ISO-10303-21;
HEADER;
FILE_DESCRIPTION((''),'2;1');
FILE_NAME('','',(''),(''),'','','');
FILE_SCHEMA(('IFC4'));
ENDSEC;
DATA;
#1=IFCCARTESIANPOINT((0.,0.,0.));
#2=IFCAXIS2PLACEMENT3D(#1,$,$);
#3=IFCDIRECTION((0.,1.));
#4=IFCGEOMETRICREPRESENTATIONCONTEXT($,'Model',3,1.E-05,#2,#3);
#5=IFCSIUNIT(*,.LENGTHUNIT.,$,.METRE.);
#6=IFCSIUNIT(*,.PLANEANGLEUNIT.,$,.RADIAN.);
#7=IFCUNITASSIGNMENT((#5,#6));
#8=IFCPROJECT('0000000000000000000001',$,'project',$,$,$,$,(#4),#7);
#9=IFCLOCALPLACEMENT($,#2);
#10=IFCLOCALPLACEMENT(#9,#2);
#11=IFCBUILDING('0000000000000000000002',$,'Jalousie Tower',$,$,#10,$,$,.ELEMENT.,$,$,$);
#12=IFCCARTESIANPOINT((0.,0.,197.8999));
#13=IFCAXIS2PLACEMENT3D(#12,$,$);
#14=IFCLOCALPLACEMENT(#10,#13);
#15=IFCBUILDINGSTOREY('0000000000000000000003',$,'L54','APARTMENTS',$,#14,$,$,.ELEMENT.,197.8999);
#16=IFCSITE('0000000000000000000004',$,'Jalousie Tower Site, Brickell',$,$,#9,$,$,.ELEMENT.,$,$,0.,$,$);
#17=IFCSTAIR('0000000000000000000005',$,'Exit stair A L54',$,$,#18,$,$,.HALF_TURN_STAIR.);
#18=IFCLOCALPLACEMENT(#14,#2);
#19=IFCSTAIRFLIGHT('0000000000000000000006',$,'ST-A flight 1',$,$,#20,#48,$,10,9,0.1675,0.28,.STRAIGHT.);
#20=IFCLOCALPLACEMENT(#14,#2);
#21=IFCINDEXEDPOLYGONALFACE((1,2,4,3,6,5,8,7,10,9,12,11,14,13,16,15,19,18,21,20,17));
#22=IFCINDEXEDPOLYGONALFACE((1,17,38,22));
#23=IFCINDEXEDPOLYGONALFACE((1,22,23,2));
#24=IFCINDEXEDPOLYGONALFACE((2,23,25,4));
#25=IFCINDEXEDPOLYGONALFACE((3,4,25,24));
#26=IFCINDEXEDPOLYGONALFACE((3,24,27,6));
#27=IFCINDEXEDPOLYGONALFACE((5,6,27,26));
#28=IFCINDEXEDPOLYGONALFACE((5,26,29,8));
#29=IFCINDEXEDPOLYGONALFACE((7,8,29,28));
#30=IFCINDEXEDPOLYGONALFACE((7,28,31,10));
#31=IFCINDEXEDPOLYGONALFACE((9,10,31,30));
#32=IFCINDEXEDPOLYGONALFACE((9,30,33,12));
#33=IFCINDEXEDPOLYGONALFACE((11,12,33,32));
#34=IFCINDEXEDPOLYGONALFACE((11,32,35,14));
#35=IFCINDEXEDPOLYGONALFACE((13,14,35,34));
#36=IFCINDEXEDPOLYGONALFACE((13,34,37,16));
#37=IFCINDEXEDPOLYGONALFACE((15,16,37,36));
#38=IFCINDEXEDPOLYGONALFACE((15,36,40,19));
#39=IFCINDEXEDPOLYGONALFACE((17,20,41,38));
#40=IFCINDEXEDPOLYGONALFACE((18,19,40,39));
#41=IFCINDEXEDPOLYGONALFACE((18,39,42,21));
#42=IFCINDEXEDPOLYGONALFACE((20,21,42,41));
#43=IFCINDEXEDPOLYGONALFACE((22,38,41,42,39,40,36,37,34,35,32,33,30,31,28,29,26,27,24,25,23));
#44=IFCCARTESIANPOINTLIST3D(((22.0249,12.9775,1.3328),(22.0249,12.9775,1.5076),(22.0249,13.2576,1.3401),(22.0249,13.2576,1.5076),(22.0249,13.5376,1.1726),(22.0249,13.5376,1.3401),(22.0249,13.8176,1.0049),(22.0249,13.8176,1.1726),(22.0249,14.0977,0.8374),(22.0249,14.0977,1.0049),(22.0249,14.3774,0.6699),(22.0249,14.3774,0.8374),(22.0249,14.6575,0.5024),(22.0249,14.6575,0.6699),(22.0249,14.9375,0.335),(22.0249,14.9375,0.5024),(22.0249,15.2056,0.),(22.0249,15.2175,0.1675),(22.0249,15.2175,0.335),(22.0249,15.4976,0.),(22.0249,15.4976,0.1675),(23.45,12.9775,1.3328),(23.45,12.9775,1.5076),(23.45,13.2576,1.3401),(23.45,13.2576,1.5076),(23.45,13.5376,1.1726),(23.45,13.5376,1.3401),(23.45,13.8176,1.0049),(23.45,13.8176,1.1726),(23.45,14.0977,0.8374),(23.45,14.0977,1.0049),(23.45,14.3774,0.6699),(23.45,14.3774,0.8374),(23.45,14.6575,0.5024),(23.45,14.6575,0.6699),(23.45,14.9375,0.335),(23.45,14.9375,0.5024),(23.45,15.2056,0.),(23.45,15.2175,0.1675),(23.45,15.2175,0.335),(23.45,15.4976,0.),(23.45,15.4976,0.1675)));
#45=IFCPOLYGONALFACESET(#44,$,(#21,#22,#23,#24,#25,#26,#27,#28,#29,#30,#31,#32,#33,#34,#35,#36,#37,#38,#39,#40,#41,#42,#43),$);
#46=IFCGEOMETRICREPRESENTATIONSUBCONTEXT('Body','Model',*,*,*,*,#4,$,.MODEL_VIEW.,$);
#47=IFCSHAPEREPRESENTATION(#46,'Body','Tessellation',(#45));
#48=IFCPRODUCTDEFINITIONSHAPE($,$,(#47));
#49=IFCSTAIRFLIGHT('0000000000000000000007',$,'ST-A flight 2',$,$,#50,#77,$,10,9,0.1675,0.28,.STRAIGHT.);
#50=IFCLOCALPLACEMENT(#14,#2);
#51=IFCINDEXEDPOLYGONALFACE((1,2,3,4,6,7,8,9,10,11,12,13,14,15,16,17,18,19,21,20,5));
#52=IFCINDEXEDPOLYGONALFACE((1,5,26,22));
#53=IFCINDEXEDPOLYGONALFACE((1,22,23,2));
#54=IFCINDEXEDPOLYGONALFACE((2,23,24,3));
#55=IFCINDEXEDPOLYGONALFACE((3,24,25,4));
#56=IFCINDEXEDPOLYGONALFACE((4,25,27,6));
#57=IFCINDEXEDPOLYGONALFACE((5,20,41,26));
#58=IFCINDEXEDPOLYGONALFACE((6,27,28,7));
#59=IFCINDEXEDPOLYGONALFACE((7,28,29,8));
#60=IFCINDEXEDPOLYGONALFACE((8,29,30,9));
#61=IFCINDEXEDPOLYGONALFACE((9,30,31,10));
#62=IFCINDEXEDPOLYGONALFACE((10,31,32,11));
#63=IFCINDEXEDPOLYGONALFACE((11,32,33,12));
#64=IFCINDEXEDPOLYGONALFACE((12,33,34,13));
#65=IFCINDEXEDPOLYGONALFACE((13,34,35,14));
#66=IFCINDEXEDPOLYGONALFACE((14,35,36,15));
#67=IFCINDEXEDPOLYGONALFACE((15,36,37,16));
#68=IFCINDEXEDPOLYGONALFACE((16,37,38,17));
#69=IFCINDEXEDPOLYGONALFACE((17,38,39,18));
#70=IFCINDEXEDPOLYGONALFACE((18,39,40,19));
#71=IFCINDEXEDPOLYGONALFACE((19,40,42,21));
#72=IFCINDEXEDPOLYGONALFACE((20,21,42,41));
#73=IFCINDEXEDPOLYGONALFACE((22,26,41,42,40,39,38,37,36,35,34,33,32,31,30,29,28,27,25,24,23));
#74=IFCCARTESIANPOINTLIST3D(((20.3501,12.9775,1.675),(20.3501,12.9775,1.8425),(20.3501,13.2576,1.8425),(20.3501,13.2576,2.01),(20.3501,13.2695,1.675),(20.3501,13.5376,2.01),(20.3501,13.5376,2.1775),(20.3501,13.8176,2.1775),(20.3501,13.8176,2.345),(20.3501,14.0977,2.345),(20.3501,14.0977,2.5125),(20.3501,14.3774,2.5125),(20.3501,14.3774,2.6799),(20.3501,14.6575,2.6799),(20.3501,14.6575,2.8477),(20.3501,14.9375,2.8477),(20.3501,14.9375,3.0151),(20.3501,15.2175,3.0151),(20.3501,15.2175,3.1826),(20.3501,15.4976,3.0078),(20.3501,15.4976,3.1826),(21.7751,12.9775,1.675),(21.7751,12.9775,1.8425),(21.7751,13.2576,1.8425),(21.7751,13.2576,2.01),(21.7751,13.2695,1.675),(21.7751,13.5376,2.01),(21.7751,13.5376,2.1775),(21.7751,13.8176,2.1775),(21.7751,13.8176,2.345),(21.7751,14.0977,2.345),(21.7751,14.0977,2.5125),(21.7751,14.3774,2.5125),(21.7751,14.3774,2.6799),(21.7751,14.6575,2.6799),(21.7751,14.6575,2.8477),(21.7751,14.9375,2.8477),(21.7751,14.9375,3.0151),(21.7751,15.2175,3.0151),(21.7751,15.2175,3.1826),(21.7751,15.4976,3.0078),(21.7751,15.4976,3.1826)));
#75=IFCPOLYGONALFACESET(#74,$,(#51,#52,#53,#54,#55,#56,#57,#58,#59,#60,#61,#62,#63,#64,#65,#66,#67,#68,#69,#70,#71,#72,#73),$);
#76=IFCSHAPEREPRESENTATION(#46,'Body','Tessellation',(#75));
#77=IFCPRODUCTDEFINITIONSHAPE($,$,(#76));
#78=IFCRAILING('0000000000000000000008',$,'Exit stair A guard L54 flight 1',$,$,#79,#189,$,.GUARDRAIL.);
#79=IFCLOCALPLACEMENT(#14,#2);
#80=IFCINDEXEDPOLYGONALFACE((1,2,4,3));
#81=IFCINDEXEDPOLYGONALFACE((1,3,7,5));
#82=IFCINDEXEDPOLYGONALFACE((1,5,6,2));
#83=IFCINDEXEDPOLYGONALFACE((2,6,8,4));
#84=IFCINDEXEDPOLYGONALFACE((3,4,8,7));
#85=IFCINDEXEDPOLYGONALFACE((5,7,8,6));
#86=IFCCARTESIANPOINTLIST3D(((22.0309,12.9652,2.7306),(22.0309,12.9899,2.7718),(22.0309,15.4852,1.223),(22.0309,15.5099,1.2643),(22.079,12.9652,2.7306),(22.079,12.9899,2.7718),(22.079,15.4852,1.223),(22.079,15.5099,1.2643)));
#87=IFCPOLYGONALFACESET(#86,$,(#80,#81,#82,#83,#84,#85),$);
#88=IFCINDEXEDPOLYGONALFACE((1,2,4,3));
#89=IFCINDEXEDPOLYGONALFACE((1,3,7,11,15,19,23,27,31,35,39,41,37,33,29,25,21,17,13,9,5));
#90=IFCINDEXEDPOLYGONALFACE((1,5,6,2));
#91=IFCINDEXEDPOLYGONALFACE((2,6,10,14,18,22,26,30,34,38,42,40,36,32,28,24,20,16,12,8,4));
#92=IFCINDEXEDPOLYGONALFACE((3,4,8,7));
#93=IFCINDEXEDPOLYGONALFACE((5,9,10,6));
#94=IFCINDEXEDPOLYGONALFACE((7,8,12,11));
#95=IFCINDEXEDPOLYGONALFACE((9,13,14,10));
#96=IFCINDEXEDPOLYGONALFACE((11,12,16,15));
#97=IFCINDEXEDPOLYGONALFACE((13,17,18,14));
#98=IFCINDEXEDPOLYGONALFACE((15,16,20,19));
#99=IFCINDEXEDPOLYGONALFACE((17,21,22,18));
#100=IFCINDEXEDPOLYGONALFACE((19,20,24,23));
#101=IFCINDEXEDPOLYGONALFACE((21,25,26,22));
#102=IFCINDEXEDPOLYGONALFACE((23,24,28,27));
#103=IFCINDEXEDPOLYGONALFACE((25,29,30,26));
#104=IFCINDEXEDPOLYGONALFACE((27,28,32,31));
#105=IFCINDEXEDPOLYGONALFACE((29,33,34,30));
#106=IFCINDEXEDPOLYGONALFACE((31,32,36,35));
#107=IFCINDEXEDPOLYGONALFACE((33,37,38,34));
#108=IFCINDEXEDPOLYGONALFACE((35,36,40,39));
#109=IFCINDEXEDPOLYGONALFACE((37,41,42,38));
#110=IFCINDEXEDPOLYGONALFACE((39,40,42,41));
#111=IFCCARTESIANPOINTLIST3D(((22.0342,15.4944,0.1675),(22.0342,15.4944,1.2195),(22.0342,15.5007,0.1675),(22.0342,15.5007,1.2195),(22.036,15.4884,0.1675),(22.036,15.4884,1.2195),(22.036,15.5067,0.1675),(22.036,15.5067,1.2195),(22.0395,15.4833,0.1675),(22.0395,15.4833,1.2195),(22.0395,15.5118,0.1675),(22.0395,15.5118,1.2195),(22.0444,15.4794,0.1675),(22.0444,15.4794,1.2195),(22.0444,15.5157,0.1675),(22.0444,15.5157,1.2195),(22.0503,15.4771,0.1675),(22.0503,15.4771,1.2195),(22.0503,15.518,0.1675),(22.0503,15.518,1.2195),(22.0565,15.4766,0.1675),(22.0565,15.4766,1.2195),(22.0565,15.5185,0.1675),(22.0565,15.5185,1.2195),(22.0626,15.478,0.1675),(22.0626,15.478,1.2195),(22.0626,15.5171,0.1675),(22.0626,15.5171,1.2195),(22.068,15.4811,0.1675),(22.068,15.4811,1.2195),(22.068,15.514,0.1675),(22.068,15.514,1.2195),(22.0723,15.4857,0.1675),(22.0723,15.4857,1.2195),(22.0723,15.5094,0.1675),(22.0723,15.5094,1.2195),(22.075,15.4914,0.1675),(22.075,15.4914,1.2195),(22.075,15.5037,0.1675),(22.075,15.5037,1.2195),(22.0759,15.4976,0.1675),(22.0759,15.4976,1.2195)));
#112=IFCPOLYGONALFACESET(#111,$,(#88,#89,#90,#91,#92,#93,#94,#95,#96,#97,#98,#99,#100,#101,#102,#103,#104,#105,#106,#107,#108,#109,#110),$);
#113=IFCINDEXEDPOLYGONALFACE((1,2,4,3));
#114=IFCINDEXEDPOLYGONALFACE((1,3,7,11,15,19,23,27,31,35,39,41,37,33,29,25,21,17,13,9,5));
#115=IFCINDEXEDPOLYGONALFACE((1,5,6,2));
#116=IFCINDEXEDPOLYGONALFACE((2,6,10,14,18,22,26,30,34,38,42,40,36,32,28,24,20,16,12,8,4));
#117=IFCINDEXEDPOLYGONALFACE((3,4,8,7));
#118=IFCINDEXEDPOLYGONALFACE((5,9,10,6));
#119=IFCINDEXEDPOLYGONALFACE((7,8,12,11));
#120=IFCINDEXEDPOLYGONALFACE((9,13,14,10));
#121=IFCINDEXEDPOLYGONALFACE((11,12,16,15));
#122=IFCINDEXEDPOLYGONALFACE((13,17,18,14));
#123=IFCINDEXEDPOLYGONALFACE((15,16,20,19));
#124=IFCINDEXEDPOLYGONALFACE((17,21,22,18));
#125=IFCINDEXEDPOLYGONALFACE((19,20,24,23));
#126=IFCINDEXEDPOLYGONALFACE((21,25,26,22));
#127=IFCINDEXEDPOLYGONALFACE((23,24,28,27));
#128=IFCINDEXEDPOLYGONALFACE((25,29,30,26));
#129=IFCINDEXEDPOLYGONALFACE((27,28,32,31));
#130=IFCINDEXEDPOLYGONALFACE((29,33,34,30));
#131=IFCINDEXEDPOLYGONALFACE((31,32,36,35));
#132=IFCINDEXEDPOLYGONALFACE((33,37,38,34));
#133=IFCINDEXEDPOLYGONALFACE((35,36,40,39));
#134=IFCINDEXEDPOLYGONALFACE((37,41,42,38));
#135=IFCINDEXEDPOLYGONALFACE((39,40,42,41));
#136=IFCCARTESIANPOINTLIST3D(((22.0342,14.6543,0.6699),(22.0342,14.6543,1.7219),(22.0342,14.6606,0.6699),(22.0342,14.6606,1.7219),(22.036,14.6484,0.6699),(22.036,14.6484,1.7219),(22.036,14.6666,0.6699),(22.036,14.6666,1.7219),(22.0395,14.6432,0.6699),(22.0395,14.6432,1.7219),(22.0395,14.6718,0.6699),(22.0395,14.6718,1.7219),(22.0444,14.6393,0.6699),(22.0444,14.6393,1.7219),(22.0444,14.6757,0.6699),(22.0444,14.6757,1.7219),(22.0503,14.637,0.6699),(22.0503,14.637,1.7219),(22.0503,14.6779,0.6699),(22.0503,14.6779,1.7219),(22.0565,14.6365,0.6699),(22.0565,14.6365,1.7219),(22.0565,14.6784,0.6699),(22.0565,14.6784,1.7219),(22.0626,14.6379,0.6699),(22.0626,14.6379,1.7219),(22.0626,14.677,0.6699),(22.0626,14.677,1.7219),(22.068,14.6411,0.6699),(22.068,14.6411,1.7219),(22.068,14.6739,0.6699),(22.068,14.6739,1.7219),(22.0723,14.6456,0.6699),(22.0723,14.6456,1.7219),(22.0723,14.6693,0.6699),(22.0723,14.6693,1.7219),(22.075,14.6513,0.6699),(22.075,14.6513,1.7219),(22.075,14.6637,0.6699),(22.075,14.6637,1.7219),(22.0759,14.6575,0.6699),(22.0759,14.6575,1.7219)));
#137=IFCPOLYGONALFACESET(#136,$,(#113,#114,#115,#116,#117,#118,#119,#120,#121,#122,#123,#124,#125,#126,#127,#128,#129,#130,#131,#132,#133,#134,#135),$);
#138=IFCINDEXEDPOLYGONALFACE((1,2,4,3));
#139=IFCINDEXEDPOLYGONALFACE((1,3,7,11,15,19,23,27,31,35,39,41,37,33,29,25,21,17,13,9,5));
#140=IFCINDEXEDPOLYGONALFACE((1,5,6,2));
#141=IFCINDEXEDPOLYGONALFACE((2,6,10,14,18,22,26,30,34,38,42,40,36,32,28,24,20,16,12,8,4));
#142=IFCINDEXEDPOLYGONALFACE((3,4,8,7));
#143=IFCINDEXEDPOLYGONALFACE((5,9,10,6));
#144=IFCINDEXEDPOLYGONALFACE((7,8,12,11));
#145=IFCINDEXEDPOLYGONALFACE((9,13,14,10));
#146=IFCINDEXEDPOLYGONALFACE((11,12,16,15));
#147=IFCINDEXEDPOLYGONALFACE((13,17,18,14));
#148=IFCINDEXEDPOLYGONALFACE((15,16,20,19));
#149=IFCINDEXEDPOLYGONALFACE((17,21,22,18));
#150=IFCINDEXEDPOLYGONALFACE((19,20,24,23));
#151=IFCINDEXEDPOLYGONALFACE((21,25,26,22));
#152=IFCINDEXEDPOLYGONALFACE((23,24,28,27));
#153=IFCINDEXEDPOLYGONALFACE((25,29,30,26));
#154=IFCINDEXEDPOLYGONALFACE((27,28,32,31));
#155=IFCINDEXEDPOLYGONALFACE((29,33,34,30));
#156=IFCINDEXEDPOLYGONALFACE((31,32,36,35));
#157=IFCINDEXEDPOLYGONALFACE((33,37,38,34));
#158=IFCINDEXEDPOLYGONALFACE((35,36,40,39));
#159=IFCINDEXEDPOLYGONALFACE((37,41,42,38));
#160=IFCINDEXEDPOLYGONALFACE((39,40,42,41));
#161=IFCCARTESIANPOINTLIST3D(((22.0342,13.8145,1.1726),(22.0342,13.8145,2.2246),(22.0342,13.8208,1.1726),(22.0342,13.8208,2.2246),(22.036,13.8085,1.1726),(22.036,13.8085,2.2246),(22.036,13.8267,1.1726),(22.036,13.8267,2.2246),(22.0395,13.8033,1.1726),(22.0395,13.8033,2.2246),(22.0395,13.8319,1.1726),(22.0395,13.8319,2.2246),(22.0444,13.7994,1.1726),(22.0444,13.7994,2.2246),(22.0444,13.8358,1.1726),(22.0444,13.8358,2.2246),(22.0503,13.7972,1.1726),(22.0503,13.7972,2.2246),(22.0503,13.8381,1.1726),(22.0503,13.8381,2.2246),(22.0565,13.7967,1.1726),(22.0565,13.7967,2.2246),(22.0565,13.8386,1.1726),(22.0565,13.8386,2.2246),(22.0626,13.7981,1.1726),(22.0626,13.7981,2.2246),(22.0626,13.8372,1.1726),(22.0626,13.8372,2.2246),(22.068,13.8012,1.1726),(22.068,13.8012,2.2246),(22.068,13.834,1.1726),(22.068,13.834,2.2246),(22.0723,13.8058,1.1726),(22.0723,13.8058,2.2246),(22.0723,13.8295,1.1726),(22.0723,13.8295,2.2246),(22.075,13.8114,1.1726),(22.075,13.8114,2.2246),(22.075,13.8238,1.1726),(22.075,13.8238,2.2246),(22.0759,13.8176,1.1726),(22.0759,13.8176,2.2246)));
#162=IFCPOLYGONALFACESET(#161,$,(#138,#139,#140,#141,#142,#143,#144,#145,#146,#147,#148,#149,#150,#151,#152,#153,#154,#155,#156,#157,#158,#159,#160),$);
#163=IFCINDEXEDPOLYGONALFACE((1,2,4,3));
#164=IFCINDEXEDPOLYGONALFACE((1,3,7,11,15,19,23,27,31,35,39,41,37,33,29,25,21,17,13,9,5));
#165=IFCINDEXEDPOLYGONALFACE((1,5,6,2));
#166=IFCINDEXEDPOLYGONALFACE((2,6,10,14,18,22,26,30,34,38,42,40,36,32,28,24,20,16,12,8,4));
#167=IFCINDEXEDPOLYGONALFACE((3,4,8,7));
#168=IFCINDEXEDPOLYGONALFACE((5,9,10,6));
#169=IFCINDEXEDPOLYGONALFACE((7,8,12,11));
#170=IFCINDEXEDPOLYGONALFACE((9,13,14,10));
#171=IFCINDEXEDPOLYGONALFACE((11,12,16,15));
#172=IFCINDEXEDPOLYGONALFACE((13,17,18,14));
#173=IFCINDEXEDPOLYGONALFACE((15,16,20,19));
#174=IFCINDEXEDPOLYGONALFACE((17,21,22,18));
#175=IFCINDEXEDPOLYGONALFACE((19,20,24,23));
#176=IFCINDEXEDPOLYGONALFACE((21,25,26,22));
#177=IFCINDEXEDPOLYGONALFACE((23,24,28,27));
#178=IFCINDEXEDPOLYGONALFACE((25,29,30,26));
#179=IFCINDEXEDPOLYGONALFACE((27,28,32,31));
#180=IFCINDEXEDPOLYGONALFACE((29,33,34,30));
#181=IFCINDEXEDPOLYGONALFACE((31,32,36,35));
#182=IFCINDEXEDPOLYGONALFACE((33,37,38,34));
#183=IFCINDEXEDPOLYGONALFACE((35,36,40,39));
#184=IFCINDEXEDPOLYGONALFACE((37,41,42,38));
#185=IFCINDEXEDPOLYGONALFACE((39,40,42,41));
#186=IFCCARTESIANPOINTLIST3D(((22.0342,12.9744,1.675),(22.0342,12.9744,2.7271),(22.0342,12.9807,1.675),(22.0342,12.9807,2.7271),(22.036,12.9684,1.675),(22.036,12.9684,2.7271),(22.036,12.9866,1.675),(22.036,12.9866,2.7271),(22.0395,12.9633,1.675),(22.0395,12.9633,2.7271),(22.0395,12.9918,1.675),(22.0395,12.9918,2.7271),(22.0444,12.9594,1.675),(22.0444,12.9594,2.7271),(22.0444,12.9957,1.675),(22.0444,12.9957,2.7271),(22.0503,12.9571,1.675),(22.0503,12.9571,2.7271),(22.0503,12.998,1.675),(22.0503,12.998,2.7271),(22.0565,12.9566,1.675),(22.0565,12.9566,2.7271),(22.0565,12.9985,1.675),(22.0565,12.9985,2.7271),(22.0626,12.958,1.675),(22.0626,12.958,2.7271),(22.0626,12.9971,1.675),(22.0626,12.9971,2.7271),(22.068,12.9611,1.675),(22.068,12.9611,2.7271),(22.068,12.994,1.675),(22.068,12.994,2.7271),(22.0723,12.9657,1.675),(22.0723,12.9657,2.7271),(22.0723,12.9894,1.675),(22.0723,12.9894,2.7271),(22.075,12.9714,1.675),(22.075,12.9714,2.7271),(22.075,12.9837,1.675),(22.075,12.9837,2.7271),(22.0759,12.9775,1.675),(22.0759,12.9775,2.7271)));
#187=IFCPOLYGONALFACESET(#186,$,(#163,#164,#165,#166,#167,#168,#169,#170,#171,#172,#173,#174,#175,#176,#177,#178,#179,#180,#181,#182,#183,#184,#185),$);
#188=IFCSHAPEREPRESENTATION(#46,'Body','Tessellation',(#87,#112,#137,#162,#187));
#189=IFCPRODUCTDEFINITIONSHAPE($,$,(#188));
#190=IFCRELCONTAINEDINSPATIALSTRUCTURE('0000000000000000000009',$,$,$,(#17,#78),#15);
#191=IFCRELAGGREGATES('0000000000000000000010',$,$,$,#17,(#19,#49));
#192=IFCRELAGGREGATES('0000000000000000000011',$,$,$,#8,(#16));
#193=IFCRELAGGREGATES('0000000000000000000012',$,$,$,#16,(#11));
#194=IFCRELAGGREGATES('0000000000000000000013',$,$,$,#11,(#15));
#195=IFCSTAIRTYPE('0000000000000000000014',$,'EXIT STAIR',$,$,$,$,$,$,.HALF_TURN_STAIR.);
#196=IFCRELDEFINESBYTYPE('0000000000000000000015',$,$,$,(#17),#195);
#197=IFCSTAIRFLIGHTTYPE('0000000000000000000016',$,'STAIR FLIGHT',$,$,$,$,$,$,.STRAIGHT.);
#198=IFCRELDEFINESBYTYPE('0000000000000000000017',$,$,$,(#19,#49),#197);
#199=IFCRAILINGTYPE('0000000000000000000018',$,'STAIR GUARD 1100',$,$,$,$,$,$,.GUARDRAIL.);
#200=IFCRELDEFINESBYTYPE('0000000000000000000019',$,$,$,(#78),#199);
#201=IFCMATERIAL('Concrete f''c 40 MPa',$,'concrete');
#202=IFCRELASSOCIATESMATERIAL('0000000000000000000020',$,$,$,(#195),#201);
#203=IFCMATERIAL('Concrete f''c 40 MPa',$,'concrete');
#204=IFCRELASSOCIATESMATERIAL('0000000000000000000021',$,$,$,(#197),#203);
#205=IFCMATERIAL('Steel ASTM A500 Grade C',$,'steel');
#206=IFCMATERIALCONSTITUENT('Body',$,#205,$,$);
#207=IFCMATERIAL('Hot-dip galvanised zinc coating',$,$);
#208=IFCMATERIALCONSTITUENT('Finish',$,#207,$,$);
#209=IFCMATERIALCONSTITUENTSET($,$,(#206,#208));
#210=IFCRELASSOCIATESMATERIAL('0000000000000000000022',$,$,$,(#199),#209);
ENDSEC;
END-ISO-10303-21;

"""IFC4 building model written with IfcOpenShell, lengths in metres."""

from ifc_helpers import new_model, si_unit, direction, frame, origin, origin_2d, place, context, subcontext, project, spatial, polyline, rectangle, circle, outline, extrude, material, constituent, constituent_set, type_object, element, aggregate, save


model = new_model("IFC4")

# Units and contexts
model_context = context("Model", 3, precision=1e-05, world=origin(), true_north=direction((0.0, 1.0)))
body_context = subcontext(model_context, "Body", "Model", "MODEL_VIEW")
ifc_project = project(units=[si_unit("LENGTHUNIT", "METRE"), si_unit("PLANEANGLEUNIT", "RADIAN")], contexts=[model_context])

# Site, building, storey
site_placement = place(None, origin())
site = spatial("IfcSite", under=ifc_project, at=site_placement, Name="Jalousie Tower Site, Brickell", CompositionType="ELEMENT", RefElevation=0.0)
building_placement = place(site_placement, origin())
building = spatial("IfcBuilding", under=site, at=building_placement, Name="Jalousie Tower", CompositionType="ELEMENT")
storey_placement = place(building_placement, frame((0.0, 0.0, 197.8999)))
storey = spatial("IfcBuildingStorey", under=building, at=storey_placement, Name="L54", Description="APARTMENTS", CompositionType="ELEMENT", Elevation=197.8999)

# Stair, stair flights
ifc_material_1 = material(Name="Concrete f'c 40 MPa", Category="concrete")
stair_type = type_object("IfcStairType", Name="EXIT STAIR", PredefinedType="HALF_TURN_STAIR", material=ifc_material_1)
stair_placement = place(storey_placement, origin())
stair = element("IfcStair", 1, at=stair_placement, inside=storey, type_object=stair_type, Name="Exit stair A L54", PredefinedType="HALF_TURN_STAIR")
ifc_material_2 = material(Name="Concrete f'c 40 MPa", Category="concrete")
stair_flight_type = type_object("IfcStairFlightType", Name="STAIR FLIGHT", PredefinedType="STRAIGHT", material=ifc_material_2)
stair_flight_1_placement = place(storey_placement, frame((22.7375, 15.4976, 0.0), z_axis=(0.0, 0.0, 1.0), x_axis=(0.0, -1.0, 0.0)))
stair_flight_1 = element("IfcStairFlight", 2, at=stair_flight_1_placement, type_object=stair_flight_type, Name="ST-A flight 1", NumberOfRisers=10, NumberOfTreads=9, PredefinedType="STRAIGHT", RiserHeight=0.1675, TreadLength=0.28, context=body_context, shape_type="SweptSolid", body=[
    extrude(outline(polyline([(0.0, 0.0), (0.0, 0.1675), (0.28, 0.1675), (0.28, 0.335), (0.5601, 0.335), (0.5601, 0.5024), (0.8401, 0.5024), (0.8401, 0.6699), (1.1201, 0.6699), (1.1201, 0.8374), (1.3999, 0.8374), (1.3999, 1.0049), (1.6799, 1.0049), (1.6799, 1.1726), (1.96, 1.1726), (1.96, 1.3401), (2.24, 1.3401), (2.24, 1.5076), (2.52, 1.5076), (2.52, 1.675), (2.52, 1.3328), (0.292, 0.0), (0.0, 0.0)])), frame((0.0, 0.7124, 0.0), z_axis=(0.0, -1.0, 0.0), x_axis=(1.0, 0.0, 0.0)), (0.0, 0.0, 1.0), 1.425),
])
stair_flight_2_placement = place(storey_placement, frame((21.0625, 12.9775, 1.675), z_axis=(0.0, 0.0, 1.0), x_axis=(0.0, 1.0, 0.0)))
stair_flight_2 = element("IfcStairFlight", 3, at=stair_flight_2_placement, type_object=stair_flight_type, Name="ST-A flight 2", NumberOfRisers=10, NumberOfTreads=9, PredefinedType="STRAIGHT", RiserHeight=0.1675, TreadLength=0.28, context=body_context, shape_type="SweptSolid", body=[
    extrude(outline(polyline([(0.0, 0.0), (0.0, 0.1675), (0.28, 0.1675), (0.28, 0.335), (0.5601, 0.335), (0.5601, 0.5024), (0.8401, 0.5024), (0.8401, 0.6699), (1.1201, 0.6699), (1.1201, 0.8374), (1.3999, 0.8374), (1.3999, 1.0049), (1.6799, 1.0049), (1.6799, 1.1726), (1.96, 1.1726), (1.96, 1.3401), (2.24, 1.3401), (2.24, 1.5076), (2.52, 1.5076), (2.52, 1.675), (2.52, 1.3328), (0.292, 0.0), (0.0, 0.0)])), frame((0.0, 0.7124, 0.0), z_axis=(0.0, -1.0, 0.0), x_axis=(1.0, 0.0, 0.0)), (0.0, 0.0, 1.0), 1.425),
])
aggregate(stair, [stair_flight_1, stair_flight_2])

# Railing
ifc_material_3 = material(Name="Steel ASTM A500 Grade C", Category="steel")
ifc_constituent_1 = constituent(ifc_material_3, Name="Body")
ifc_material_4 = material(Name="Hot-dip galvanised zinc coating")
ifc_constituent_2 = constituent(ifc_material_4, Name="Finish")
ifc_constituent_set_1 = constituent_set(constituents=[ifc_constituent_1, ifc_constituent_2])
railing_type_1 = type_object("IfcRailingType", Name="STAIR GUARD 1100", PredefinedType="GUARDRAIL", material=ifc_constituent_set_1)
railing_1_placement = place(storey_placement, frame((22.0549, 15.4976, 0.1675)))
element("IfcRailing", 4, at=railing_1_placement, inside=storey, type_object=railing_type_1, Name="Exit stair A guard L54 flight 1", PredefinedType="GUARDRAIL", context=body_context, shape_type="SweptSolid", body=[
    extrude(rectangle(XDim=0.0481, YDim=0.0481, at=origin_2d()), frame((0.0, 0.0, 1.0762), z_axis=(0.0, -0.85816, 0.513383), x_axis=(1.0, 0.0, 0.0)), (0.0, 0.0, 1.0), 2.9365),
    extrude(circle(Radius=0.021, at=origin_2d()), origin(), (0.0, 0.0, 1.0), 1.052),
    extrude(circle(Radius=0.021, at=origin_2d()), frame((0.0, -0.8401, 0.5024)), (0.0, 0.0, 1.0), 1.052),
    extrude(circle(Radius=0.021, at=origin_2d()), frame((0.0, -1.6799, 1.0051)), (0.0, 0.0, 1.0), 1.052),
    extrude(circle(Radius=0.021, at=origin_2d()), frame((0.0, -2.52, 1.5076)), (0.0, 0.0, 1.0), 1.052),
])

save(model, "model.ifc")
